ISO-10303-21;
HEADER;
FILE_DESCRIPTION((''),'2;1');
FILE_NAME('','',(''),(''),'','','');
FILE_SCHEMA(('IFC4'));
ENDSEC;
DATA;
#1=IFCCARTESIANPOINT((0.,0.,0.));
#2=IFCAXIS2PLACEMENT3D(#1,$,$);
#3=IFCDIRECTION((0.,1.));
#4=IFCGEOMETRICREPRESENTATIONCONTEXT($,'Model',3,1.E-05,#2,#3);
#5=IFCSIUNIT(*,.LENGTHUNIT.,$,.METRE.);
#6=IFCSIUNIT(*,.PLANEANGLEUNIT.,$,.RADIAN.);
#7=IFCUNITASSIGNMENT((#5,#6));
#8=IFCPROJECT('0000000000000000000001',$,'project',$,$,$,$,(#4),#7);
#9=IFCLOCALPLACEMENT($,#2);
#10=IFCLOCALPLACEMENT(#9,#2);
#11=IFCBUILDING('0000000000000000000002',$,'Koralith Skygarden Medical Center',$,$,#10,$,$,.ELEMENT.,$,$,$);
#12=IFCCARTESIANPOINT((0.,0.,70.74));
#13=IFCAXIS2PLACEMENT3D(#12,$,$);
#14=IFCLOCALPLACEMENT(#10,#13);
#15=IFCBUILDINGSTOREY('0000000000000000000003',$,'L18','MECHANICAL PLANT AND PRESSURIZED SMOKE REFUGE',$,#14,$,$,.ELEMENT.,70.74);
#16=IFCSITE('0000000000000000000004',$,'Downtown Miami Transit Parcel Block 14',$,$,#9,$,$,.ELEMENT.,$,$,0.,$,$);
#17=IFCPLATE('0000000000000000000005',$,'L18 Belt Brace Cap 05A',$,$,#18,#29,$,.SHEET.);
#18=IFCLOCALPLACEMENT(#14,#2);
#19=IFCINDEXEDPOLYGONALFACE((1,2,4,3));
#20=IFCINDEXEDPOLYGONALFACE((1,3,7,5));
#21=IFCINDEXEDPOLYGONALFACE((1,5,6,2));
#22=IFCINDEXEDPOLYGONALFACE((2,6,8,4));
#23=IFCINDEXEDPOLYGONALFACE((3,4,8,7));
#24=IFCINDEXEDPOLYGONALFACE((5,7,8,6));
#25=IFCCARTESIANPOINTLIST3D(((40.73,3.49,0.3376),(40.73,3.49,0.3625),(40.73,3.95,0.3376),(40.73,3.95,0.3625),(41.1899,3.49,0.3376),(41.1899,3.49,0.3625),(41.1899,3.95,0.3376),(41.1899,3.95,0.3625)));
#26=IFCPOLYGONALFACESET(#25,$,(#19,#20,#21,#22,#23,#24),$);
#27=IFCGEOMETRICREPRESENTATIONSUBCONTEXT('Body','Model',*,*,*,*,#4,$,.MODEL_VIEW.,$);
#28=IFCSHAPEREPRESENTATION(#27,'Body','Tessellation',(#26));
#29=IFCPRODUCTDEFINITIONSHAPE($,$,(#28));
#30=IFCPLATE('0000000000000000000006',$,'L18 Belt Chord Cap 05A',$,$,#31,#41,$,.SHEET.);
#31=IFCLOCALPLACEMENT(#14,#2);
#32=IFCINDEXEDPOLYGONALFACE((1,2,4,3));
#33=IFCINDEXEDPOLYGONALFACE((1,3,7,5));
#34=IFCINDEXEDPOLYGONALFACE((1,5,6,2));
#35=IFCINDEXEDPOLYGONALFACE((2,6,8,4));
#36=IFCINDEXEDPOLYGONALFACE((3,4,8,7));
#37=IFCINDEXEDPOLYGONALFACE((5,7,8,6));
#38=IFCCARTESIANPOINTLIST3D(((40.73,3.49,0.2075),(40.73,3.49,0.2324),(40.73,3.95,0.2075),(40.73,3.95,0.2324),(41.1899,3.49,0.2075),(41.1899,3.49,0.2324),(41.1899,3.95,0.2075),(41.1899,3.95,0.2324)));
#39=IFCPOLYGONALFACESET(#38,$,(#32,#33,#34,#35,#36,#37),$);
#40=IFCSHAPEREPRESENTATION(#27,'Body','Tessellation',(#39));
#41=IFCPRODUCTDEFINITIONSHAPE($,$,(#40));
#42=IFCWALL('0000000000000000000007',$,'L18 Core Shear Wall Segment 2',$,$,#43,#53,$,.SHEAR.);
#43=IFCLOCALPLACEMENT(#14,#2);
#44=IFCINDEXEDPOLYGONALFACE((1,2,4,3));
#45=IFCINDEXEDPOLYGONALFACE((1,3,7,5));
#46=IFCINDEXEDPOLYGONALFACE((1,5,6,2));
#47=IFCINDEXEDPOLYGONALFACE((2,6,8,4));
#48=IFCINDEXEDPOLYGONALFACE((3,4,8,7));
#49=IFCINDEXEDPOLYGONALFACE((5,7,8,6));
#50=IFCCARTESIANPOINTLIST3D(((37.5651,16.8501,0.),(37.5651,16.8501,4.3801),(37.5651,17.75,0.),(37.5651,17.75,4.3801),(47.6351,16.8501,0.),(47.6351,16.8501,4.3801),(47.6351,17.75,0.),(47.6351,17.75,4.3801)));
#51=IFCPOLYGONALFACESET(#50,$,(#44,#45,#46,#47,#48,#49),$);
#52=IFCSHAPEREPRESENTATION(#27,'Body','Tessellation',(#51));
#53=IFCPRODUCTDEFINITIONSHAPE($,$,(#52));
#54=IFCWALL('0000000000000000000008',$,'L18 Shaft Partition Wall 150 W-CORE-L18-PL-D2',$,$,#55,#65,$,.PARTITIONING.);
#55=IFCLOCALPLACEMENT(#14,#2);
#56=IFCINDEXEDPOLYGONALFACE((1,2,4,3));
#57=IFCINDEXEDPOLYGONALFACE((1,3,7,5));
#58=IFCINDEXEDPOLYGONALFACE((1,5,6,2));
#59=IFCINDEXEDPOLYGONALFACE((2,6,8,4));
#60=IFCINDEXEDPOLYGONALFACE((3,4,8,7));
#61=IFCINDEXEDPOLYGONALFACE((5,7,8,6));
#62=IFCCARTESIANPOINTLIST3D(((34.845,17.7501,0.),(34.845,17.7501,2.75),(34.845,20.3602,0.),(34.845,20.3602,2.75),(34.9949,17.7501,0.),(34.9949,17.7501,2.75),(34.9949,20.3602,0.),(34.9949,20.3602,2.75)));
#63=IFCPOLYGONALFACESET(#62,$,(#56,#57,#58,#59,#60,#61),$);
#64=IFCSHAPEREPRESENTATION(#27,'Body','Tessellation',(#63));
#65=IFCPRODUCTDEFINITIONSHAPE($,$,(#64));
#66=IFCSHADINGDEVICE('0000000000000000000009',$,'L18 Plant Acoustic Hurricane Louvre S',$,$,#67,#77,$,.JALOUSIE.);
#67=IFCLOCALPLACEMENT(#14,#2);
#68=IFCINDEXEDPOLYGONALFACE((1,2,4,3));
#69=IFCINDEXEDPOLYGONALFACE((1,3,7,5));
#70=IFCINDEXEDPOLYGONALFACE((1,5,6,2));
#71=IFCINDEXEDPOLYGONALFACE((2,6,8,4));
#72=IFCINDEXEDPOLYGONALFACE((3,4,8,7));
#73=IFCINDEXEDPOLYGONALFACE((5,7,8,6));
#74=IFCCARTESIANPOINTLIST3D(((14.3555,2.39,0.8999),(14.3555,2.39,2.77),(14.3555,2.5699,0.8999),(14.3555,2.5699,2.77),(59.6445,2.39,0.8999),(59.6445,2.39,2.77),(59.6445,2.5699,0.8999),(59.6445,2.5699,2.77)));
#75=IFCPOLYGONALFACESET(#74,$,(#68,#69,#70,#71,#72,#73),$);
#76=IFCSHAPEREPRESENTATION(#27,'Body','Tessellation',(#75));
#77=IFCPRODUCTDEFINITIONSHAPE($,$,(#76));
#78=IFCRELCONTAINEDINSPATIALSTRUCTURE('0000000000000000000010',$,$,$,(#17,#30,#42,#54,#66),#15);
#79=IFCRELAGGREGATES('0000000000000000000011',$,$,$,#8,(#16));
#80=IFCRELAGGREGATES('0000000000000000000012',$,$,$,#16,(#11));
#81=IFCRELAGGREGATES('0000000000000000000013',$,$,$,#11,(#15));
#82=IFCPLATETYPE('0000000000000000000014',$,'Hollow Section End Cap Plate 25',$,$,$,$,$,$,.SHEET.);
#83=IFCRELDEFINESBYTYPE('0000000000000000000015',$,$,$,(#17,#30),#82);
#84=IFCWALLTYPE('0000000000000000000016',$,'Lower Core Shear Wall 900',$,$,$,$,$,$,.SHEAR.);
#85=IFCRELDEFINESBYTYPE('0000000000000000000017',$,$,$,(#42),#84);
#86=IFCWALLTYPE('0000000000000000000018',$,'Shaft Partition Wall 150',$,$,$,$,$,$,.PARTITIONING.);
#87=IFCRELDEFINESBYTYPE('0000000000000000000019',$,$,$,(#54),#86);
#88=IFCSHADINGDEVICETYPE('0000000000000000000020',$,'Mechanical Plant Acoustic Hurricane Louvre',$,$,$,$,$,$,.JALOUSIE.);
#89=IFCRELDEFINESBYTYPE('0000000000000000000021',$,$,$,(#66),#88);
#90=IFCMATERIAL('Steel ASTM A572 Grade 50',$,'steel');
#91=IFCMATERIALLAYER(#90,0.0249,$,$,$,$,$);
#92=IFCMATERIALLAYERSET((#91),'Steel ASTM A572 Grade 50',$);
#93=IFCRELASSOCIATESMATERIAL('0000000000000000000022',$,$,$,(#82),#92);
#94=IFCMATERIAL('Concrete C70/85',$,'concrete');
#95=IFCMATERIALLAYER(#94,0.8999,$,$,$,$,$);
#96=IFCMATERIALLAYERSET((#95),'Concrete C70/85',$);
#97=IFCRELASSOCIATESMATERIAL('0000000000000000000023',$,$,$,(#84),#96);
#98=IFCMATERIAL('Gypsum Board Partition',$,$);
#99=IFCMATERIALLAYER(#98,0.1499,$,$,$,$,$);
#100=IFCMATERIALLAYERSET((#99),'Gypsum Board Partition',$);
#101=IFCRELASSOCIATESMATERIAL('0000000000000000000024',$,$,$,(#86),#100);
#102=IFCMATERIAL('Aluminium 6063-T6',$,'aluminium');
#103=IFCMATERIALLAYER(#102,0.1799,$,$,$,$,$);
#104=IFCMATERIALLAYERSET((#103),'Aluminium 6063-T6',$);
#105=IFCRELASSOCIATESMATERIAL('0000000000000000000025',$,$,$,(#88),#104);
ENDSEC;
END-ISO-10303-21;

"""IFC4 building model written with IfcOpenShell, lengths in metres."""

from ifc_helpers import new_model, si_unit, direction, frame, frame_2d, origin, origin_2d, place, context, subcontext, project, spatial, rectangle, extrude, material, layer, layer_set, type_object, element, save


model = new_model("IFC4")

# Units and contexts
model_context = context("Model", 3, precision=1e-05, world=origin(), true_north=direction((0.0, 1.0)))
body_context = subcontext(model_context, "Body", "Model", "MODEL_VIEW")
ifc_project = project(units=[si_unit("LENGTHUNIT", "METRE"), si_unit("PLANEANGLEUNIT", "RADIAN")], contexts=[model_context])

# Site, building, storey
site_placement = place(None, origin())
site = spatial("IfcSite", under=ifc_project, at=site_placement, Name="Downtown Miami Transit Parcel Block 14", CompositionType="ELEMENT", RefElevation=0.0)
building_placement = place(site_placement, origin())
building = spatial("IfcBuilding", under=site, at=building_placement, Name="Koralith Skygarden Medical Center", CompositionType="ELEMENT")
storey_placement = place(building_placement, frame((0.0, 0.0, 70.74)))
storey = spatial("IfcBuildingStorey", under=building, at=storey_placement, Name="L18", Description="MECHANICAL PLANT AND PRESSURIZED SMOKE REFUGE", CompositionType="ELEMENT", Elevation=70.74)

# Shared definitions
ifc_material_1 = material(Name="Concrete C70/85", Category="concrete")

# Plates
ifc_material_2 = material(Name="Steel ASTM A572 Grade 50", Category="steel")
ifc_layer_1 = layer(ifc_material_2, 0.0249)
ifc_layer_set_1 = layer_set([ifc_layer_1], Name="Steel ASTM A572 Grade 50")
plate_type = type_object("IfcPlateType", Name="Hollow Section End Cap Plate 25", PredefinedType="SHEET", material=ifc_layer_set_1)
for number, where, z_axis, x_axis, name in (
    (1, (40.96, 3.72, 0.3376), (0.0, 0.0, 1.0), (1.0, 0.0, 0.0), "L18 Belt Brace Cap 05A"),
    (2, (40.96, 3.72, 0.2075), (0.0, 0.0, 1.0), (1.0, 0.0, 0.0), "L18 Belt Chord Cap 05A"),
):
    element("IfcPlate", number, at=place(storey_placement, frame(where, z_axis=z_axis, x_axis=x_axis)), inside=storey, type_object=plate_type, Name=name, PredefinedType="SHEET", context=body_context, shape_type="SweptSolid", body=[
        extrude(rectangle(XDim=0.46, YDim=0.46, at=origin_2d()), origin(), (0.0, 0.0, 1.0), 0.0249),
    ])

# Walls
ifc_layer_2 = layer(ifc_material_1, 0.8999)
ifc_layer_set_2 = layer_set([ifc_layer_2], Name="Concrete C70/85")
wall_type_1 = type_object("IfcWallType", Name="Lower Core Shear Wall 900", PredefinedType="SHEAR", material=ifc_layer_set_2)
wall_1_placement = place(storey_placement, frame((37.5649, 17.3, 0.0), z_axis=(0.0, 0.0, 1.0), x_axis=(1.0, 0.0, 0.0)))
element("IfcWall", 3, at=wall_1_placement, inside=storey, type_object=wall_type_1, Name="L18 Core Shear Wall Segment 2", PredefinedType="SHEAR", context=body_context, shape_type="SweptSolid", body=[
    extrude(rectangle(XDim=10.0701, YDim=0.8999, at=frame_2d((5.0352, 0.0))), origin(), (0.0, 0.0, 1.0), 4.3801),
])
ifc_material_3 = material(Name="Gypsum Board Partition")
ifc_layer_3 = layer(ifc_material_3, 0.1499)
ifc_layer_set_3 = layer_set([ifc_layer_3], Name="Gypsum Board Partition")
wall_type_2 = type_object("IfcWallType", Name="Shaft Partition Wall 150", PredefinedType="PARTITIONING", material=ifc_layer_set_3)
wall_2_placement = place(storey_placement, frame((34.9199, 17.75, 0.0), z_axis=(0.0, 0.0, 1.0), x_axis=(0.0, 1.0, 0.0)))
element("IfcWall", 4, at=wall_2_placement, inside=storey, type_object=wall_type_2, Name="L18 Shaft Partition Wall 150 W-CORE-L18-PL-D2", PredefinedType="PARTITIONING", context=body_context, shape_type="SweptSolid", body=[
    extrude(rectangle(XDim=2.6101, YDim=0.1499, at=frame_2d((1.3052, 0.0))), origin(), (0.0, 0.0, 1.0), 2.75),
])

# Shading device
ifc_material_4 = material(Name="Aluminium 6063-T6", Category="aluminium")
ifc_layer_4 = layer(ifc_material_4, 0.1799)
ifc_layer_set_4 = layer_set([ifc_layer_4], Name="Aluminium 6063-T6")
shading_device_type = type_object("IfcShadingDeviceType", Name="Mechanical Plant Acoustic Hurricane Louvre", PredefinedType="JALOUSIE", material=ifc_layer_set_4)
shading_device_placement = place(storey_placement, frame((37.0, 2.48, 0.8999), z_axis=(0.0, 0.0, 1.0), x_axis=(1.0, 0.0, 0.0)))
element("IfcShadingDevice", 5, at=shading_device_placement, inside=storey, type_object=shading_device_type, Name="L18 Plant Acoustic Hurricane Louvre S", PredefinedType="JALOUSIE", context=body_context, shape_type="SweptSolid", body=[
    extrude(rectangle(XDim=45.2891, YDim=0.1799, at=origin_2d()), origin(), (0.0, 0.0, 1.0), 1.8701),
])

save(model, "model.ifc")
